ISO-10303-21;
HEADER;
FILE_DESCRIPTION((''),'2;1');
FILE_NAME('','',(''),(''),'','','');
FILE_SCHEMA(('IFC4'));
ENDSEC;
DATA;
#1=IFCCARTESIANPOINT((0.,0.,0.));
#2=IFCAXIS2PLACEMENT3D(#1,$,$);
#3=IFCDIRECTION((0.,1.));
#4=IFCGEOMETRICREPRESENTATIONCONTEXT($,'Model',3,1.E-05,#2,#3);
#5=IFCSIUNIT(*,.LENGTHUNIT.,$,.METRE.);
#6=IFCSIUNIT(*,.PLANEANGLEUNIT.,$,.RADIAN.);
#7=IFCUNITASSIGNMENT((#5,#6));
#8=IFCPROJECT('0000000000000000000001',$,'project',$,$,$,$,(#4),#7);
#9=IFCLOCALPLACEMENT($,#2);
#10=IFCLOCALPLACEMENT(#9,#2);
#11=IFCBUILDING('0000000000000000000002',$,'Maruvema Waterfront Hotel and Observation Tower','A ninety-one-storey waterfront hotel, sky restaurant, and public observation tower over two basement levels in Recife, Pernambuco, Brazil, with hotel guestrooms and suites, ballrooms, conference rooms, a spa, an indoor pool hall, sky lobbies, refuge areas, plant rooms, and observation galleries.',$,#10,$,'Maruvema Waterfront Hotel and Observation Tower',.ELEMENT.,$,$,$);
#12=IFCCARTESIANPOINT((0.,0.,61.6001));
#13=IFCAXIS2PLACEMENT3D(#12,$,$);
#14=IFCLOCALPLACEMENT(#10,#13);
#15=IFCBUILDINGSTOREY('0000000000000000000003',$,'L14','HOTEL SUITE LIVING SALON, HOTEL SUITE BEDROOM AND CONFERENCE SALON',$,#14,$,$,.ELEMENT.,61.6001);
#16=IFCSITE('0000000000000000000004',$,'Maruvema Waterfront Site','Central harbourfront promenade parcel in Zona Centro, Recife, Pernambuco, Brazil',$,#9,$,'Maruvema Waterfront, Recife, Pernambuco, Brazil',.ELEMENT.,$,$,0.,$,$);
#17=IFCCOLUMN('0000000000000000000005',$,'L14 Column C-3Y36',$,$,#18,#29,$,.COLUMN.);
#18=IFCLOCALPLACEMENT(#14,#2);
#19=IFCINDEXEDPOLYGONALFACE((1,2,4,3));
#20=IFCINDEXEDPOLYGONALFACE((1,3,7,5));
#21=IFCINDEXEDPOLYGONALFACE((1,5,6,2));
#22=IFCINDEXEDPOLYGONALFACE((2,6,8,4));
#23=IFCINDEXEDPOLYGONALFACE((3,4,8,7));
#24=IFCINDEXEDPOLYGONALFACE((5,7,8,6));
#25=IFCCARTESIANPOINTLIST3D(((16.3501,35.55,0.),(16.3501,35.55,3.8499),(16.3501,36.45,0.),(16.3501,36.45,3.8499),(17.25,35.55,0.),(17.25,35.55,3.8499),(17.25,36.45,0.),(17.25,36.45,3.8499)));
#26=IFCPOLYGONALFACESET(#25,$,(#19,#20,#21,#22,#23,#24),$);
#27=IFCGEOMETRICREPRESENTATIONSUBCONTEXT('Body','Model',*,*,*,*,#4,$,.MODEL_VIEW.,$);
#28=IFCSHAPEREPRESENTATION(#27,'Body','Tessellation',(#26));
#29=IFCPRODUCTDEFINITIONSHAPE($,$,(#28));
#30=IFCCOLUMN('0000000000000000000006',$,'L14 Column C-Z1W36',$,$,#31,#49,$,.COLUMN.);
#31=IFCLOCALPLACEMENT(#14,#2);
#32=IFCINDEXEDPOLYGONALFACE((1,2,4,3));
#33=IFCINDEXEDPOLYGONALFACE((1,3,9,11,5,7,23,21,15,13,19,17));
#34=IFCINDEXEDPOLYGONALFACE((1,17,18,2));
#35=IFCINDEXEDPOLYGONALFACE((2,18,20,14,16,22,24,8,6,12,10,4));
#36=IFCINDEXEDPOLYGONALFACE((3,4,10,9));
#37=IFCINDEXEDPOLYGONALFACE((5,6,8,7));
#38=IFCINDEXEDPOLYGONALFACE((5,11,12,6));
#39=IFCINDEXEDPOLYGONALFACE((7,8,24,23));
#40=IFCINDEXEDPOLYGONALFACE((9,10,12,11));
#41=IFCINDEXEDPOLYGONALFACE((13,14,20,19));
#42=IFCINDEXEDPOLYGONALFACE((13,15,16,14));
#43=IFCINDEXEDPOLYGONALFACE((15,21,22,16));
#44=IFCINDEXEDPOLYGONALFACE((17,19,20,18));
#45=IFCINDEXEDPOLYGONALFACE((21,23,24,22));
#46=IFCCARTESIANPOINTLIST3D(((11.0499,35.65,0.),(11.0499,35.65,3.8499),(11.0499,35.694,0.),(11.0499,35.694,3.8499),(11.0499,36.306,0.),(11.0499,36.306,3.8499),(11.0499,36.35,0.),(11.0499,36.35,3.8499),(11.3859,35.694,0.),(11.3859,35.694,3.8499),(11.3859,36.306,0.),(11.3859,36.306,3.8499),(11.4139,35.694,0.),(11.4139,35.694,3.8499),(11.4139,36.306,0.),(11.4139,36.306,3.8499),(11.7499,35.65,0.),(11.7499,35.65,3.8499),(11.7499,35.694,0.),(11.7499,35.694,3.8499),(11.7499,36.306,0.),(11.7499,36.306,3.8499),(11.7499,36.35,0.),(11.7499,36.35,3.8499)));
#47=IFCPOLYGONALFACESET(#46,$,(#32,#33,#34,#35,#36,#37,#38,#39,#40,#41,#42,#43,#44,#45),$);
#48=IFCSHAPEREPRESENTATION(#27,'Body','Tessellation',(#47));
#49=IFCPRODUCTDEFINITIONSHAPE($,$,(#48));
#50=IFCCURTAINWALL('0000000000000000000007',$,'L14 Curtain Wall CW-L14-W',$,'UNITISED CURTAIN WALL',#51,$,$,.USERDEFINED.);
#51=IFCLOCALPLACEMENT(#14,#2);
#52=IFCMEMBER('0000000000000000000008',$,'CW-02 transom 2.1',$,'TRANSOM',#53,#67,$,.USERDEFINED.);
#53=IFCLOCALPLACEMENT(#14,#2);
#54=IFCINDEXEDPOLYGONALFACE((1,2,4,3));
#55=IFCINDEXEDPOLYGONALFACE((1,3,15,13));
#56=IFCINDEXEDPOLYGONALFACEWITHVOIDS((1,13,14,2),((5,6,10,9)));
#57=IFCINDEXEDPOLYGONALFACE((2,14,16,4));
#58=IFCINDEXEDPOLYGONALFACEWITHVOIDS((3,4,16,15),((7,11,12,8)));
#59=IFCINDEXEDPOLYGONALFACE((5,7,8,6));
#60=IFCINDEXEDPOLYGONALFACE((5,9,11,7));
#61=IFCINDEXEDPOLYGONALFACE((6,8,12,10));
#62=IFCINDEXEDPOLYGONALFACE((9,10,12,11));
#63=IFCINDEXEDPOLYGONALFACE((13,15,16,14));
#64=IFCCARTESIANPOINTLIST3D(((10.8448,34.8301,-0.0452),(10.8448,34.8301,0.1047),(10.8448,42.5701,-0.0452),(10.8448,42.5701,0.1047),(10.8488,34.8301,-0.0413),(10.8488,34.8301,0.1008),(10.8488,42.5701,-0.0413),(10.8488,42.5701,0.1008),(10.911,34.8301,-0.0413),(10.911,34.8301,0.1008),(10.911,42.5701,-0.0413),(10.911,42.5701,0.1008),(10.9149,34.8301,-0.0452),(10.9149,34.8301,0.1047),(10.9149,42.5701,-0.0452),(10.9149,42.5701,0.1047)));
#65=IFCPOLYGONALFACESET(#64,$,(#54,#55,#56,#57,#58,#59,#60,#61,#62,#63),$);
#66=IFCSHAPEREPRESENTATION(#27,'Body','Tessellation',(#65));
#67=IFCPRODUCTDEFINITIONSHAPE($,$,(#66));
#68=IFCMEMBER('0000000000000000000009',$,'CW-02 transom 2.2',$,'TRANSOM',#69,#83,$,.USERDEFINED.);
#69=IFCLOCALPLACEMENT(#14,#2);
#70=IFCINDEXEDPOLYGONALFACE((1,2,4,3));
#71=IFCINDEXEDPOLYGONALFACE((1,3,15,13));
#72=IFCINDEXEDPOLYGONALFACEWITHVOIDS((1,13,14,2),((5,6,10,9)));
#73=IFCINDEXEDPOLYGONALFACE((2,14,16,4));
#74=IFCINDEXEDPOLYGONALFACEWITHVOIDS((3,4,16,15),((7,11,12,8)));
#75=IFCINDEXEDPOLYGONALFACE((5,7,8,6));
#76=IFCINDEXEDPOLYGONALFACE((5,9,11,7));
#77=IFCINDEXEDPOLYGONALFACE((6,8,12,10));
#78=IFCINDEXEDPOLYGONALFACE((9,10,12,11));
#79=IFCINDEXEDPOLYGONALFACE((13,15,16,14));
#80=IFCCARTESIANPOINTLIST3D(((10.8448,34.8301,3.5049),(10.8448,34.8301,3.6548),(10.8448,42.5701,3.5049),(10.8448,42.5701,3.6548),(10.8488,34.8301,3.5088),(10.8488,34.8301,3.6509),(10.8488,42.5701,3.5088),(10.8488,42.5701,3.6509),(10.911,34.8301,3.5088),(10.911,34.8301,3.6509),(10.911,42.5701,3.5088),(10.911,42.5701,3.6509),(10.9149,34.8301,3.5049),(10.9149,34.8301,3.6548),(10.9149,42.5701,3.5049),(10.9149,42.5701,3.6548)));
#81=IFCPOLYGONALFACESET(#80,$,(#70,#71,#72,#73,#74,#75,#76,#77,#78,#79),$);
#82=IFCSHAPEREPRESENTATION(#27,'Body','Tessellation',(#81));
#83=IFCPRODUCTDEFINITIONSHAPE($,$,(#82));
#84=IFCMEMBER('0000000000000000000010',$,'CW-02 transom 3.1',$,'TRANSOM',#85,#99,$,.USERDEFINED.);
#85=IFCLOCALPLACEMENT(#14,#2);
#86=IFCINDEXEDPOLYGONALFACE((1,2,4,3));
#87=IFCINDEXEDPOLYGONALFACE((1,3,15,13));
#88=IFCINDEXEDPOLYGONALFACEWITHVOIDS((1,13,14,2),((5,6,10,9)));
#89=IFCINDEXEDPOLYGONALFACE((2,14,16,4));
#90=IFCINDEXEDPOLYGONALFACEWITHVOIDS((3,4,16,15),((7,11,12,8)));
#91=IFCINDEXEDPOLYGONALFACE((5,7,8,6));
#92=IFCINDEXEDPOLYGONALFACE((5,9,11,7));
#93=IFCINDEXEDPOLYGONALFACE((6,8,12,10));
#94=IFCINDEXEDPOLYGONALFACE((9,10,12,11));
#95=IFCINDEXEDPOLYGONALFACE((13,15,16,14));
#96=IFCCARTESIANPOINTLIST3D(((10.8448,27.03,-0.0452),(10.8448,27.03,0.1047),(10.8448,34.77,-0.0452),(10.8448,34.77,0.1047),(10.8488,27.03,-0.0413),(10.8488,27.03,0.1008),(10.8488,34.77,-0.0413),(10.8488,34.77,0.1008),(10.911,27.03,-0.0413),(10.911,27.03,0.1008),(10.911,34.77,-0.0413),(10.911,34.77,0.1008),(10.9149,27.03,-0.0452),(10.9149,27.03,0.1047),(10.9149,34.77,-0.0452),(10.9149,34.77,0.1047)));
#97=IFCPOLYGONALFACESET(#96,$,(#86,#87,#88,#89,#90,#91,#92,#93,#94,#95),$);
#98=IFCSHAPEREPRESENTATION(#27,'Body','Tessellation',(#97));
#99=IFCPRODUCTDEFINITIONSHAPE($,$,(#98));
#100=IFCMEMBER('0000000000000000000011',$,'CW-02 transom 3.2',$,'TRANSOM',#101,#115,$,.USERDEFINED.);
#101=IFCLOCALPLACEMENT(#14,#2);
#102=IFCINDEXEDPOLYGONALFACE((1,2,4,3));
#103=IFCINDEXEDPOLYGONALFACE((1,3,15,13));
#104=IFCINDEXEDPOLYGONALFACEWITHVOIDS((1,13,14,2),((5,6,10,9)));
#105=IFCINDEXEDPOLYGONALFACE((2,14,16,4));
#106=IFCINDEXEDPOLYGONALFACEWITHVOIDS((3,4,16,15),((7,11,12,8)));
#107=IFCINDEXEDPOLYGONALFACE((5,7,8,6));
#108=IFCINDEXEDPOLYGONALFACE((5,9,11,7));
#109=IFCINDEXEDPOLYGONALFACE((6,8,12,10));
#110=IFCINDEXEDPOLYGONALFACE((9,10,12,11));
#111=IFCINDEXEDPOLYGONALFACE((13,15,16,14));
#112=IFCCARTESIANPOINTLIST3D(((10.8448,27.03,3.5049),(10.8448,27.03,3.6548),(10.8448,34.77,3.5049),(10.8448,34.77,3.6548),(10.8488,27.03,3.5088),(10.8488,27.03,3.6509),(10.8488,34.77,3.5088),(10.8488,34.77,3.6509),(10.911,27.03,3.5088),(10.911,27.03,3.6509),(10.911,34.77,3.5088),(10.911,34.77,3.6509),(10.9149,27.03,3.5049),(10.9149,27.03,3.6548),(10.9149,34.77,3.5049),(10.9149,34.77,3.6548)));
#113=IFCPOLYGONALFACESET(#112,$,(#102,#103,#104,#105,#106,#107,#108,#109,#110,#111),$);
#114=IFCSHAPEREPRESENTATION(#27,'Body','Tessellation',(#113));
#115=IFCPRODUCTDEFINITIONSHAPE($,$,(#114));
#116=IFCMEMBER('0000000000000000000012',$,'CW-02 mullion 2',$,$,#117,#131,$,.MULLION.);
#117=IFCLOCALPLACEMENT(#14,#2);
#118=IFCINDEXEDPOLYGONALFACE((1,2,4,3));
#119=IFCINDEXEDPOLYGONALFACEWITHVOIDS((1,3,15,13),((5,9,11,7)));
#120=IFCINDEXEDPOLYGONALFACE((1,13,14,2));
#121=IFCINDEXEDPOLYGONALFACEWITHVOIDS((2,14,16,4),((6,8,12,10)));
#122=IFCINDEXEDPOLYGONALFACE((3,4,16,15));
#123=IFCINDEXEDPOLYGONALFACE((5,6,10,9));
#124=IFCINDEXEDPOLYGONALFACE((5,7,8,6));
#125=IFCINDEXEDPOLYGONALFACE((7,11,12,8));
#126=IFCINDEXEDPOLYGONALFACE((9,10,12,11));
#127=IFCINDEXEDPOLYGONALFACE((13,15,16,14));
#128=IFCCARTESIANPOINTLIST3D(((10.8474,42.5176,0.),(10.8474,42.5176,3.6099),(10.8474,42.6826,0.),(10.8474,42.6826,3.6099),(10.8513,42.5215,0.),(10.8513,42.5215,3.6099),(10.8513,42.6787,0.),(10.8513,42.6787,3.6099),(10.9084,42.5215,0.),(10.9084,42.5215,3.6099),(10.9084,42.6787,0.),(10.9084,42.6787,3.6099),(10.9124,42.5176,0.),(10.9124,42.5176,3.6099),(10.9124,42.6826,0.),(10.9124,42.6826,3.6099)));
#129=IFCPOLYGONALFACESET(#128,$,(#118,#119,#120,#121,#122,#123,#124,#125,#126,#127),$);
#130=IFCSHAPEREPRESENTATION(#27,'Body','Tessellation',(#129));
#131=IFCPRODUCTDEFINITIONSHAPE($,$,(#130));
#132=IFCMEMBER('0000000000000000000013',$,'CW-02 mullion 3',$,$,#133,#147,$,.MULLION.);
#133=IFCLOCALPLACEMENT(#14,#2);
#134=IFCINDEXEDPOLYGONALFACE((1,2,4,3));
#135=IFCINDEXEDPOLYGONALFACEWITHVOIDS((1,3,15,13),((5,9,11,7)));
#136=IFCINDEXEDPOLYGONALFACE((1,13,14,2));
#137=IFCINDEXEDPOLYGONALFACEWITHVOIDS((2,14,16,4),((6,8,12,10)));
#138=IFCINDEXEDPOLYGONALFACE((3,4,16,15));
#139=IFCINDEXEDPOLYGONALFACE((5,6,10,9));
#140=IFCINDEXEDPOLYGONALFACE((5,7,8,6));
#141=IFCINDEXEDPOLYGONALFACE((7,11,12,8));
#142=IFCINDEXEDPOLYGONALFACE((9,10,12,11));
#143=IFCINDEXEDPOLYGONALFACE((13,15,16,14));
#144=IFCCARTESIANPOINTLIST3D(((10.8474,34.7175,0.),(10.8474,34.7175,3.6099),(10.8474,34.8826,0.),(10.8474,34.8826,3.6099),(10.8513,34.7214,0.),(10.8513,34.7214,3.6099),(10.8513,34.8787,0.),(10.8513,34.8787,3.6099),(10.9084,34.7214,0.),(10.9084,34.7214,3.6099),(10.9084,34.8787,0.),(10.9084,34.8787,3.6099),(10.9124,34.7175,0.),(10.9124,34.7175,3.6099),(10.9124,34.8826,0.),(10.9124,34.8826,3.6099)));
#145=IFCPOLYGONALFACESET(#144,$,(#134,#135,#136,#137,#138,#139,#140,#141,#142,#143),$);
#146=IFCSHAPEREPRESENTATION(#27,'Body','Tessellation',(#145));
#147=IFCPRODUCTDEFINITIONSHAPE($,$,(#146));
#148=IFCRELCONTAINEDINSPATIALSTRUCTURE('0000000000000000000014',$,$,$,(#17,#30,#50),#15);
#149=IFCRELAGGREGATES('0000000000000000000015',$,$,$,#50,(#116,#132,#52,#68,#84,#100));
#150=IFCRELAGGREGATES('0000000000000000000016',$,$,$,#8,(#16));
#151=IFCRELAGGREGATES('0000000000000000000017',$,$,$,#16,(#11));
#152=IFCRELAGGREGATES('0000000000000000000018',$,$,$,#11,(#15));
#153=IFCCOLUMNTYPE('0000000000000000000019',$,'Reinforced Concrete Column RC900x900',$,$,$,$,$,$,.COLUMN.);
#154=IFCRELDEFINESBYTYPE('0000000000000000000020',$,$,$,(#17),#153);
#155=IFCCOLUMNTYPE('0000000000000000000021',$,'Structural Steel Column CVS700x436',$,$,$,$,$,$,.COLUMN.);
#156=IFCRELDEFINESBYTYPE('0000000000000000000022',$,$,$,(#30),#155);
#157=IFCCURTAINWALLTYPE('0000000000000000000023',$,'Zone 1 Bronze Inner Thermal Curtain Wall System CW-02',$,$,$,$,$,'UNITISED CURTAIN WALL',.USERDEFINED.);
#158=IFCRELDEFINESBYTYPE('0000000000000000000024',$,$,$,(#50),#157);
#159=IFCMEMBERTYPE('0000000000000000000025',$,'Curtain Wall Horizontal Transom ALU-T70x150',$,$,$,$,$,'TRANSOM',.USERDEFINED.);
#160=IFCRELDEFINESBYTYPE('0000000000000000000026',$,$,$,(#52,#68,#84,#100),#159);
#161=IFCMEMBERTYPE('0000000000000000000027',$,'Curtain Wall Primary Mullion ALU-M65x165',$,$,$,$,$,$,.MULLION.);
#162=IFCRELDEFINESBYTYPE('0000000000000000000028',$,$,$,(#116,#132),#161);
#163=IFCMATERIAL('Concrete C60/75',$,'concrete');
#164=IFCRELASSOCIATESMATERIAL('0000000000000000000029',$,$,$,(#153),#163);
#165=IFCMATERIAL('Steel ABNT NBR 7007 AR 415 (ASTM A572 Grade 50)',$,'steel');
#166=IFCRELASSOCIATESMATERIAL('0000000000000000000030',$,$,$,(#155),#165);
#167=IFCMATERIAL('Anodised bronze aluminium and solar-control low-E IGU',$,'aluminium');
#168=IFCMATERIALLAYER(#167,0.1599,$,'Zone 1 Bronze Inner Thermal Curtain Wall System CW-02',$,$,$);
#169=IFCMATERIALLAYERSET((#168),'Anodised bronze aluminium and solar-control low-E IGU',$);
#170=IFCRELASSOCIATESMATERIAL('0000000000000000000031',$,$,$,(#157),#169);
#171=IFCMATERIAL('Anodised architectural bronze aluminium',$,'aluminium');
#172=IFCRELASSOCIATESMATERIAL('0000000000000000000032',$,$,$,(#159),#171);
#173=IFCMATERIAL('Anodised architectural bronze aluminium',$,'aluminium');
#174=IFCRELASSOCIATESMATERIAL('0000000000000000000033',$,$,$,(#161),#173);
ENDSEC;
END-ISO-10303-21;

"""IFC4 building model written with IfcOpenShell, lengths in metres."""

from ifc_helpers import new_model, si_unit, direction, frame, origin, origin_2d, place, context, subcontext, project, spatial, rectangle, hollow_rectangle, i_section, extrude, material, layer, layer_set, material_profile, profile_set, type_object, element, aggregate, save


model = new_model("IFC4")

# Units and contexts
model_context = context("Model", 3, precision=1e-05, world=origin(), true_north=direction((0.0, 1.0)))
body_context = subcontext(model_context, "Body", "Model", "MODEL_VIEW")
ifc_project = project(units=[si_unit("LENGTHUNIT", "METRE"), si_unit("PLANEANGLEUNIT", "RADIAN")], contexts=[model_context])

# Site, building, storey
site_placement = place(None, origin())
site = spatial("IfcSite", under=ifc_project, at=site_placement, Name="Maruvema Waterfront Site", Description="Central harbourfront promenade parcel in Zona Centro, Recife, Pernambuco, Brazil", LongName="Maruvema Waterfront, Recife, Pernambuco, Brazil", CompositionType="ELEMENT", RefElevation=0.0)
building_placement = place(site_placement, origin())
building = spatial("IfcBuilding", under=site, at=building_placement, Name="Maruvema Waterfront Hotel and Observation Tower", Description="A ninety-one-storey waterfront hotel, sky restaurant, and public observation tower over two basement levels in Recife, Pernambuco, Brazil, with hotel guestrooms and suites, ballrooms, conference rooms, a spa, an indoor pool hall, sky lobbies, refuge areas, plant rooms, and observation galleries.", LongName="Maruvema Waterfront Hotel and Observation Tower", CompositionType="ELEMENT")
storey_placement = place(building_placement, frame((0.0, 0.0, 61.6001)))
storey = spatial("IfcBuildingStorey", under=building, at=storey_placement, Name="L14", Description="HOTEL SUITE LIVING SALON, HOTEL SUITE BEDROOM AND CONFERENCE SALON", CompositionType="ELEMENT", Elevation=61.6001)

# Columns
ifc_material_1 = material(Name="Concrete C60/75", Category="concrete")
ifc_material_profile_1 = material_profile(ifc_material_1, rectangle(XDim=0.8999, YDim=0.8999, at=origin_2d()), Name="RC900x900")
ifc_profile_set_1 = profile_set([ifc_material_profile_1], Name="Concrete C60/75")
column_type_1 = type_object("IfcColumnType", Name="Reinforced Concrete Column RC900x900", PredefinedType="COLUMN", material=ifc_profile_set_1)
column_1_placement = place(storey_placement, frame((16.8, 36.0, 0.0), z_axis=(0.0, 0.0, 1.0), x_axis=(1.0, 0.0, 0.0)))
element("IfcColumn", 1, at=column_1_placement, inside=storey, type_object=column_type_1, Name="L14 Column C-3Y36", PredefinedType="COLUMN", context=body_context, shape_type="SweptSolid", body=[
    extrude(rectangle(XDim=0.8999, YDim=0.8999, at=origin_2d()), origin(), (0.0, 0.0, 1.0), 3.8499),
])
ifc_material_2 = material(Name="Steel ABNT NBR 7007 AR 415 (ASTM A572 Grade 50)", Category="steel")
ifc_material_profile_2 = material_profile(ifc_material_2, i_section(OverallWidth=0.7, OverallDepth=0.7, WebThickness=0.0281, FlangeThickness=0.0439, at=origin_2d()), Name="CVS700x436")
ifc_profile_set_2 = profile_set([ifc_material_profile_2], Name="Steel ABNT NBR 7007 AR 415 (ASTM A572 Grade 50)")
column_type_2 = type_object("IfcColumnType", Name="Structural Steel Column CVS700x436", PredefinedType="COLUMN", material=ifc_profile_set_2)
column_2_placement = place(storey_placement, frame((11.3999, 36.0, 0.0), z_axis=(0.0, 0.0, 1.0), x_axis=(1.0, 0.0, 0.0)))
element("IfcColumn", 2, at=column_2_placement, inside=storey, type_object=column_type_2, Name="L14 Column C-Z1W36", PredefinedType="COLUMN", context=body_context, shape_type="SweptSolid", body=[
    extrude(i_section(OverallWidth=0.7, OverallDepth=0.7, WebThickness=0.0281, FlangeThickness=0.0439, at=origin_2d()), origin(), (0.0, 0.0, 1.0), 3.8499),
])

# Curtain wall, members
ifc_material_3 = material(Name="Anodised bronze aluminium and solar-control low-E IGU", Category="aluminium")
ifc_layer_1 = layer(ifc_material_3, 0.1599, Name="Zone 1 Bronze Inner Thermal Curtain Wall System CW-02")
ifc_layer_set_1 = layer_set([ifc_layer_1], Name="Anodised bronze aluminium and solar-control low-E IGU")
curtain_wall_type = type_object("IfcCurtainWallType", Name="Zone 1 Bronze Inner Thermal Curtain Wall System CW-02", ElementType="UNITISED CURTAIN WALL", PredefinedType="USERDEFINED", material=ifc_layer_set_1)
curtain_wall_placement = place(storey_placement, origin())
curtain_wall = element("IfcCurtainWall", 3, at=curtain_wall_placement, inside=storey, type_object=curtain_wall_type, Name="L14 Curtain Wall CW-L14-W", ObjectType="UNITISED CURTAIN WALL", PredefinedType="USERDEFINED")
ifc_material_4 = material(Name="Anodised architectural bronze aluminium", Category="aluminium")
ifc_material_profile_3 = material_profile(ifc_material_4, hollow_rectangle(XDim=0.0701, YDim=0.1499, WallThickness=0.0039, at=origin_2d()), Name="ALU-T70x150")
ifc_profile_set_3 = profile_set([ifc_material_profile_3], Name="Anodised architectural bronze aluminium")
member_type_1 = type_object("IfcMemberType", Name="Curtain Wall Horizontal Transom ALU-T70x150", ElementType="TRANSOM", PredefinedType="USERDEFINED", material=ifc_profile_set_3)
member_1_placement = place(storey_placement, frame((10.8799, 42.5701, 0.0298), z_axis=(0.0, -1.0, 0.0), x_axis=(1.0, 0.0, 0.0)))
member_1 = element("IfcMember", 4, at=member_1_placement, type_object=member_type_1, Name="CW-02 transom 2.1", ObjectType="TRANSOM", PredefinedType="USERDEFINED", context=body_context, shape_type="SweptSolid", body=[
    extrude(hollow_rectangle(XDim=0.0701, YDim=0.1499, WallThickness=0.0039, at=origin_2d()), origin(), (0.0, 0.0, 1.0), 7.74),
])
member_2_placement = place(storey_placement, frame((10.8799, 42.5701, 3.5798), z_axis=(0.0, -1.0, 0.0), x_axis=(1.0, 0.0, 0.0)))
member_2 = element("IfcMember", 5, at=member_2_placement, type_object=member_type_1, Name="CW-02 transom 2.2", ObjectType="TRANSOM", PredefinedType="USERDEFINED", context=body_context, shape_type="SweptSolid", body=[
    extrude(hollow_rectangle(XDim=0.0701, YDim=0.1499, WallThickness=0.0039, at=origin_2d()), origin(), (0.0, 0.0, 1.0), 7.74),
])
member_3_placement = place(storey_placement, frame((10.8799, 34.77, 0.0298), z_axis=(0.0, -1.0, 0.0), x_axis=(1.0, 0.0, 0.0)))
member_3 = element("IfcMember", 6, at=member_3_placement, type_object=member_type_1, Name="CW-02 transom 3.1", ObjectType="TRANSOM", PredefinedType="USERDEFINED", context=body_context, shape_type="SweptSolid", body=[
    extrude(hollow_rectangle(XDim=0.0701, YDim=0.1499, WallThickness=0.0039, at=origin_2d()), origin(), (0.0, 0.0, 1.0), 7.74),
])
member_4_placement = place(storey_placement, frame((10.8799, 34.77, 3.5798), z_axis=(0.0, -1.0, 0.0), x_axis=(1.0, 0.0, 0.0)))
member_4 = element("IfcMember", 7, at=member_4_placement, type_object=member_type_1, Name="CW-02 transom 3.2", ObjectType="TRANSOM", PredefinedType="USERDEFINED", context=body_context, shape_type="SweptSolid", body=[
    extrude(hollow_rectangle(XDim=0.0701, YDim=0.1499, WallThickness=0.0039, at=origin_2d()), origin(), (0.0, 0.0, 1.0), 7.74),
])
ifc_material_5 = material(Name="Anodised architectural bronze aluminium", Category="aluminium")
ifc_material_profile_4 = material_profile(ifc_material_5, hollow_rectangle(XDim=0.0649, YDim=0.165, WallThickness=0.0039, at=origin_2d()), Name="ALU-M65x165")
ifc_profile_set_4 = profile_set([ifc_material_profile_4], Name="Anodised architectural bronze aluminium")
member_type_2 = type_object("IfcMemberType", Name="Curtain Wall Primary Mullion ALU-M65x165", PredefinedType="MULLION", material=ifc_profile_set_4)
member_5_placement = place(storey_placement, frame((10.8799, 42.6001, 0.0), z_axis=(0.0, 0.0, 1.0), x_axis=(1.0, 0.0, 0.0)))
member_5 = element("IfcMember", 8, at=member_5_placement, type_object=member_type_2, Name="CW-02 mullion 2", PredefinedType="MULLION", context=body_context, shape_type="SweptSolid", body=[
    extrude(hollow_rectangle(XDim=0.0649, YDim=0.165, WallThickness=0.0039, at=origin_2d()), origin(), (0.0, 0.0, 1.0), 3.6099),
])
member_6_placement = place(storey_placement, frame((10.8799, 34.8, 0.0), z_axis=(0.0, 0.0, 1.0), x_axis=(1.0, 0.0, 0.0)))
member_6 = element("IfcMember", 9, at=member_6_placement, type_object=member_type_2, Name="CW-02 mullion 3", PredefinedType="MULLION", context=body_context, shape_type="SweptSolid", body=[
    extrude(hollow_rectangle(XDim=0.0649, YDim=0.165, WallThickness=0.0039, at=origin_2d()), origin(), (0.0, 0.0, 1.0), 3.6099),
])

aggregate(curtain_wall, [member_5, member_6, member_1, member_2, member_3, member_4])

save(model, "model.ifc")
